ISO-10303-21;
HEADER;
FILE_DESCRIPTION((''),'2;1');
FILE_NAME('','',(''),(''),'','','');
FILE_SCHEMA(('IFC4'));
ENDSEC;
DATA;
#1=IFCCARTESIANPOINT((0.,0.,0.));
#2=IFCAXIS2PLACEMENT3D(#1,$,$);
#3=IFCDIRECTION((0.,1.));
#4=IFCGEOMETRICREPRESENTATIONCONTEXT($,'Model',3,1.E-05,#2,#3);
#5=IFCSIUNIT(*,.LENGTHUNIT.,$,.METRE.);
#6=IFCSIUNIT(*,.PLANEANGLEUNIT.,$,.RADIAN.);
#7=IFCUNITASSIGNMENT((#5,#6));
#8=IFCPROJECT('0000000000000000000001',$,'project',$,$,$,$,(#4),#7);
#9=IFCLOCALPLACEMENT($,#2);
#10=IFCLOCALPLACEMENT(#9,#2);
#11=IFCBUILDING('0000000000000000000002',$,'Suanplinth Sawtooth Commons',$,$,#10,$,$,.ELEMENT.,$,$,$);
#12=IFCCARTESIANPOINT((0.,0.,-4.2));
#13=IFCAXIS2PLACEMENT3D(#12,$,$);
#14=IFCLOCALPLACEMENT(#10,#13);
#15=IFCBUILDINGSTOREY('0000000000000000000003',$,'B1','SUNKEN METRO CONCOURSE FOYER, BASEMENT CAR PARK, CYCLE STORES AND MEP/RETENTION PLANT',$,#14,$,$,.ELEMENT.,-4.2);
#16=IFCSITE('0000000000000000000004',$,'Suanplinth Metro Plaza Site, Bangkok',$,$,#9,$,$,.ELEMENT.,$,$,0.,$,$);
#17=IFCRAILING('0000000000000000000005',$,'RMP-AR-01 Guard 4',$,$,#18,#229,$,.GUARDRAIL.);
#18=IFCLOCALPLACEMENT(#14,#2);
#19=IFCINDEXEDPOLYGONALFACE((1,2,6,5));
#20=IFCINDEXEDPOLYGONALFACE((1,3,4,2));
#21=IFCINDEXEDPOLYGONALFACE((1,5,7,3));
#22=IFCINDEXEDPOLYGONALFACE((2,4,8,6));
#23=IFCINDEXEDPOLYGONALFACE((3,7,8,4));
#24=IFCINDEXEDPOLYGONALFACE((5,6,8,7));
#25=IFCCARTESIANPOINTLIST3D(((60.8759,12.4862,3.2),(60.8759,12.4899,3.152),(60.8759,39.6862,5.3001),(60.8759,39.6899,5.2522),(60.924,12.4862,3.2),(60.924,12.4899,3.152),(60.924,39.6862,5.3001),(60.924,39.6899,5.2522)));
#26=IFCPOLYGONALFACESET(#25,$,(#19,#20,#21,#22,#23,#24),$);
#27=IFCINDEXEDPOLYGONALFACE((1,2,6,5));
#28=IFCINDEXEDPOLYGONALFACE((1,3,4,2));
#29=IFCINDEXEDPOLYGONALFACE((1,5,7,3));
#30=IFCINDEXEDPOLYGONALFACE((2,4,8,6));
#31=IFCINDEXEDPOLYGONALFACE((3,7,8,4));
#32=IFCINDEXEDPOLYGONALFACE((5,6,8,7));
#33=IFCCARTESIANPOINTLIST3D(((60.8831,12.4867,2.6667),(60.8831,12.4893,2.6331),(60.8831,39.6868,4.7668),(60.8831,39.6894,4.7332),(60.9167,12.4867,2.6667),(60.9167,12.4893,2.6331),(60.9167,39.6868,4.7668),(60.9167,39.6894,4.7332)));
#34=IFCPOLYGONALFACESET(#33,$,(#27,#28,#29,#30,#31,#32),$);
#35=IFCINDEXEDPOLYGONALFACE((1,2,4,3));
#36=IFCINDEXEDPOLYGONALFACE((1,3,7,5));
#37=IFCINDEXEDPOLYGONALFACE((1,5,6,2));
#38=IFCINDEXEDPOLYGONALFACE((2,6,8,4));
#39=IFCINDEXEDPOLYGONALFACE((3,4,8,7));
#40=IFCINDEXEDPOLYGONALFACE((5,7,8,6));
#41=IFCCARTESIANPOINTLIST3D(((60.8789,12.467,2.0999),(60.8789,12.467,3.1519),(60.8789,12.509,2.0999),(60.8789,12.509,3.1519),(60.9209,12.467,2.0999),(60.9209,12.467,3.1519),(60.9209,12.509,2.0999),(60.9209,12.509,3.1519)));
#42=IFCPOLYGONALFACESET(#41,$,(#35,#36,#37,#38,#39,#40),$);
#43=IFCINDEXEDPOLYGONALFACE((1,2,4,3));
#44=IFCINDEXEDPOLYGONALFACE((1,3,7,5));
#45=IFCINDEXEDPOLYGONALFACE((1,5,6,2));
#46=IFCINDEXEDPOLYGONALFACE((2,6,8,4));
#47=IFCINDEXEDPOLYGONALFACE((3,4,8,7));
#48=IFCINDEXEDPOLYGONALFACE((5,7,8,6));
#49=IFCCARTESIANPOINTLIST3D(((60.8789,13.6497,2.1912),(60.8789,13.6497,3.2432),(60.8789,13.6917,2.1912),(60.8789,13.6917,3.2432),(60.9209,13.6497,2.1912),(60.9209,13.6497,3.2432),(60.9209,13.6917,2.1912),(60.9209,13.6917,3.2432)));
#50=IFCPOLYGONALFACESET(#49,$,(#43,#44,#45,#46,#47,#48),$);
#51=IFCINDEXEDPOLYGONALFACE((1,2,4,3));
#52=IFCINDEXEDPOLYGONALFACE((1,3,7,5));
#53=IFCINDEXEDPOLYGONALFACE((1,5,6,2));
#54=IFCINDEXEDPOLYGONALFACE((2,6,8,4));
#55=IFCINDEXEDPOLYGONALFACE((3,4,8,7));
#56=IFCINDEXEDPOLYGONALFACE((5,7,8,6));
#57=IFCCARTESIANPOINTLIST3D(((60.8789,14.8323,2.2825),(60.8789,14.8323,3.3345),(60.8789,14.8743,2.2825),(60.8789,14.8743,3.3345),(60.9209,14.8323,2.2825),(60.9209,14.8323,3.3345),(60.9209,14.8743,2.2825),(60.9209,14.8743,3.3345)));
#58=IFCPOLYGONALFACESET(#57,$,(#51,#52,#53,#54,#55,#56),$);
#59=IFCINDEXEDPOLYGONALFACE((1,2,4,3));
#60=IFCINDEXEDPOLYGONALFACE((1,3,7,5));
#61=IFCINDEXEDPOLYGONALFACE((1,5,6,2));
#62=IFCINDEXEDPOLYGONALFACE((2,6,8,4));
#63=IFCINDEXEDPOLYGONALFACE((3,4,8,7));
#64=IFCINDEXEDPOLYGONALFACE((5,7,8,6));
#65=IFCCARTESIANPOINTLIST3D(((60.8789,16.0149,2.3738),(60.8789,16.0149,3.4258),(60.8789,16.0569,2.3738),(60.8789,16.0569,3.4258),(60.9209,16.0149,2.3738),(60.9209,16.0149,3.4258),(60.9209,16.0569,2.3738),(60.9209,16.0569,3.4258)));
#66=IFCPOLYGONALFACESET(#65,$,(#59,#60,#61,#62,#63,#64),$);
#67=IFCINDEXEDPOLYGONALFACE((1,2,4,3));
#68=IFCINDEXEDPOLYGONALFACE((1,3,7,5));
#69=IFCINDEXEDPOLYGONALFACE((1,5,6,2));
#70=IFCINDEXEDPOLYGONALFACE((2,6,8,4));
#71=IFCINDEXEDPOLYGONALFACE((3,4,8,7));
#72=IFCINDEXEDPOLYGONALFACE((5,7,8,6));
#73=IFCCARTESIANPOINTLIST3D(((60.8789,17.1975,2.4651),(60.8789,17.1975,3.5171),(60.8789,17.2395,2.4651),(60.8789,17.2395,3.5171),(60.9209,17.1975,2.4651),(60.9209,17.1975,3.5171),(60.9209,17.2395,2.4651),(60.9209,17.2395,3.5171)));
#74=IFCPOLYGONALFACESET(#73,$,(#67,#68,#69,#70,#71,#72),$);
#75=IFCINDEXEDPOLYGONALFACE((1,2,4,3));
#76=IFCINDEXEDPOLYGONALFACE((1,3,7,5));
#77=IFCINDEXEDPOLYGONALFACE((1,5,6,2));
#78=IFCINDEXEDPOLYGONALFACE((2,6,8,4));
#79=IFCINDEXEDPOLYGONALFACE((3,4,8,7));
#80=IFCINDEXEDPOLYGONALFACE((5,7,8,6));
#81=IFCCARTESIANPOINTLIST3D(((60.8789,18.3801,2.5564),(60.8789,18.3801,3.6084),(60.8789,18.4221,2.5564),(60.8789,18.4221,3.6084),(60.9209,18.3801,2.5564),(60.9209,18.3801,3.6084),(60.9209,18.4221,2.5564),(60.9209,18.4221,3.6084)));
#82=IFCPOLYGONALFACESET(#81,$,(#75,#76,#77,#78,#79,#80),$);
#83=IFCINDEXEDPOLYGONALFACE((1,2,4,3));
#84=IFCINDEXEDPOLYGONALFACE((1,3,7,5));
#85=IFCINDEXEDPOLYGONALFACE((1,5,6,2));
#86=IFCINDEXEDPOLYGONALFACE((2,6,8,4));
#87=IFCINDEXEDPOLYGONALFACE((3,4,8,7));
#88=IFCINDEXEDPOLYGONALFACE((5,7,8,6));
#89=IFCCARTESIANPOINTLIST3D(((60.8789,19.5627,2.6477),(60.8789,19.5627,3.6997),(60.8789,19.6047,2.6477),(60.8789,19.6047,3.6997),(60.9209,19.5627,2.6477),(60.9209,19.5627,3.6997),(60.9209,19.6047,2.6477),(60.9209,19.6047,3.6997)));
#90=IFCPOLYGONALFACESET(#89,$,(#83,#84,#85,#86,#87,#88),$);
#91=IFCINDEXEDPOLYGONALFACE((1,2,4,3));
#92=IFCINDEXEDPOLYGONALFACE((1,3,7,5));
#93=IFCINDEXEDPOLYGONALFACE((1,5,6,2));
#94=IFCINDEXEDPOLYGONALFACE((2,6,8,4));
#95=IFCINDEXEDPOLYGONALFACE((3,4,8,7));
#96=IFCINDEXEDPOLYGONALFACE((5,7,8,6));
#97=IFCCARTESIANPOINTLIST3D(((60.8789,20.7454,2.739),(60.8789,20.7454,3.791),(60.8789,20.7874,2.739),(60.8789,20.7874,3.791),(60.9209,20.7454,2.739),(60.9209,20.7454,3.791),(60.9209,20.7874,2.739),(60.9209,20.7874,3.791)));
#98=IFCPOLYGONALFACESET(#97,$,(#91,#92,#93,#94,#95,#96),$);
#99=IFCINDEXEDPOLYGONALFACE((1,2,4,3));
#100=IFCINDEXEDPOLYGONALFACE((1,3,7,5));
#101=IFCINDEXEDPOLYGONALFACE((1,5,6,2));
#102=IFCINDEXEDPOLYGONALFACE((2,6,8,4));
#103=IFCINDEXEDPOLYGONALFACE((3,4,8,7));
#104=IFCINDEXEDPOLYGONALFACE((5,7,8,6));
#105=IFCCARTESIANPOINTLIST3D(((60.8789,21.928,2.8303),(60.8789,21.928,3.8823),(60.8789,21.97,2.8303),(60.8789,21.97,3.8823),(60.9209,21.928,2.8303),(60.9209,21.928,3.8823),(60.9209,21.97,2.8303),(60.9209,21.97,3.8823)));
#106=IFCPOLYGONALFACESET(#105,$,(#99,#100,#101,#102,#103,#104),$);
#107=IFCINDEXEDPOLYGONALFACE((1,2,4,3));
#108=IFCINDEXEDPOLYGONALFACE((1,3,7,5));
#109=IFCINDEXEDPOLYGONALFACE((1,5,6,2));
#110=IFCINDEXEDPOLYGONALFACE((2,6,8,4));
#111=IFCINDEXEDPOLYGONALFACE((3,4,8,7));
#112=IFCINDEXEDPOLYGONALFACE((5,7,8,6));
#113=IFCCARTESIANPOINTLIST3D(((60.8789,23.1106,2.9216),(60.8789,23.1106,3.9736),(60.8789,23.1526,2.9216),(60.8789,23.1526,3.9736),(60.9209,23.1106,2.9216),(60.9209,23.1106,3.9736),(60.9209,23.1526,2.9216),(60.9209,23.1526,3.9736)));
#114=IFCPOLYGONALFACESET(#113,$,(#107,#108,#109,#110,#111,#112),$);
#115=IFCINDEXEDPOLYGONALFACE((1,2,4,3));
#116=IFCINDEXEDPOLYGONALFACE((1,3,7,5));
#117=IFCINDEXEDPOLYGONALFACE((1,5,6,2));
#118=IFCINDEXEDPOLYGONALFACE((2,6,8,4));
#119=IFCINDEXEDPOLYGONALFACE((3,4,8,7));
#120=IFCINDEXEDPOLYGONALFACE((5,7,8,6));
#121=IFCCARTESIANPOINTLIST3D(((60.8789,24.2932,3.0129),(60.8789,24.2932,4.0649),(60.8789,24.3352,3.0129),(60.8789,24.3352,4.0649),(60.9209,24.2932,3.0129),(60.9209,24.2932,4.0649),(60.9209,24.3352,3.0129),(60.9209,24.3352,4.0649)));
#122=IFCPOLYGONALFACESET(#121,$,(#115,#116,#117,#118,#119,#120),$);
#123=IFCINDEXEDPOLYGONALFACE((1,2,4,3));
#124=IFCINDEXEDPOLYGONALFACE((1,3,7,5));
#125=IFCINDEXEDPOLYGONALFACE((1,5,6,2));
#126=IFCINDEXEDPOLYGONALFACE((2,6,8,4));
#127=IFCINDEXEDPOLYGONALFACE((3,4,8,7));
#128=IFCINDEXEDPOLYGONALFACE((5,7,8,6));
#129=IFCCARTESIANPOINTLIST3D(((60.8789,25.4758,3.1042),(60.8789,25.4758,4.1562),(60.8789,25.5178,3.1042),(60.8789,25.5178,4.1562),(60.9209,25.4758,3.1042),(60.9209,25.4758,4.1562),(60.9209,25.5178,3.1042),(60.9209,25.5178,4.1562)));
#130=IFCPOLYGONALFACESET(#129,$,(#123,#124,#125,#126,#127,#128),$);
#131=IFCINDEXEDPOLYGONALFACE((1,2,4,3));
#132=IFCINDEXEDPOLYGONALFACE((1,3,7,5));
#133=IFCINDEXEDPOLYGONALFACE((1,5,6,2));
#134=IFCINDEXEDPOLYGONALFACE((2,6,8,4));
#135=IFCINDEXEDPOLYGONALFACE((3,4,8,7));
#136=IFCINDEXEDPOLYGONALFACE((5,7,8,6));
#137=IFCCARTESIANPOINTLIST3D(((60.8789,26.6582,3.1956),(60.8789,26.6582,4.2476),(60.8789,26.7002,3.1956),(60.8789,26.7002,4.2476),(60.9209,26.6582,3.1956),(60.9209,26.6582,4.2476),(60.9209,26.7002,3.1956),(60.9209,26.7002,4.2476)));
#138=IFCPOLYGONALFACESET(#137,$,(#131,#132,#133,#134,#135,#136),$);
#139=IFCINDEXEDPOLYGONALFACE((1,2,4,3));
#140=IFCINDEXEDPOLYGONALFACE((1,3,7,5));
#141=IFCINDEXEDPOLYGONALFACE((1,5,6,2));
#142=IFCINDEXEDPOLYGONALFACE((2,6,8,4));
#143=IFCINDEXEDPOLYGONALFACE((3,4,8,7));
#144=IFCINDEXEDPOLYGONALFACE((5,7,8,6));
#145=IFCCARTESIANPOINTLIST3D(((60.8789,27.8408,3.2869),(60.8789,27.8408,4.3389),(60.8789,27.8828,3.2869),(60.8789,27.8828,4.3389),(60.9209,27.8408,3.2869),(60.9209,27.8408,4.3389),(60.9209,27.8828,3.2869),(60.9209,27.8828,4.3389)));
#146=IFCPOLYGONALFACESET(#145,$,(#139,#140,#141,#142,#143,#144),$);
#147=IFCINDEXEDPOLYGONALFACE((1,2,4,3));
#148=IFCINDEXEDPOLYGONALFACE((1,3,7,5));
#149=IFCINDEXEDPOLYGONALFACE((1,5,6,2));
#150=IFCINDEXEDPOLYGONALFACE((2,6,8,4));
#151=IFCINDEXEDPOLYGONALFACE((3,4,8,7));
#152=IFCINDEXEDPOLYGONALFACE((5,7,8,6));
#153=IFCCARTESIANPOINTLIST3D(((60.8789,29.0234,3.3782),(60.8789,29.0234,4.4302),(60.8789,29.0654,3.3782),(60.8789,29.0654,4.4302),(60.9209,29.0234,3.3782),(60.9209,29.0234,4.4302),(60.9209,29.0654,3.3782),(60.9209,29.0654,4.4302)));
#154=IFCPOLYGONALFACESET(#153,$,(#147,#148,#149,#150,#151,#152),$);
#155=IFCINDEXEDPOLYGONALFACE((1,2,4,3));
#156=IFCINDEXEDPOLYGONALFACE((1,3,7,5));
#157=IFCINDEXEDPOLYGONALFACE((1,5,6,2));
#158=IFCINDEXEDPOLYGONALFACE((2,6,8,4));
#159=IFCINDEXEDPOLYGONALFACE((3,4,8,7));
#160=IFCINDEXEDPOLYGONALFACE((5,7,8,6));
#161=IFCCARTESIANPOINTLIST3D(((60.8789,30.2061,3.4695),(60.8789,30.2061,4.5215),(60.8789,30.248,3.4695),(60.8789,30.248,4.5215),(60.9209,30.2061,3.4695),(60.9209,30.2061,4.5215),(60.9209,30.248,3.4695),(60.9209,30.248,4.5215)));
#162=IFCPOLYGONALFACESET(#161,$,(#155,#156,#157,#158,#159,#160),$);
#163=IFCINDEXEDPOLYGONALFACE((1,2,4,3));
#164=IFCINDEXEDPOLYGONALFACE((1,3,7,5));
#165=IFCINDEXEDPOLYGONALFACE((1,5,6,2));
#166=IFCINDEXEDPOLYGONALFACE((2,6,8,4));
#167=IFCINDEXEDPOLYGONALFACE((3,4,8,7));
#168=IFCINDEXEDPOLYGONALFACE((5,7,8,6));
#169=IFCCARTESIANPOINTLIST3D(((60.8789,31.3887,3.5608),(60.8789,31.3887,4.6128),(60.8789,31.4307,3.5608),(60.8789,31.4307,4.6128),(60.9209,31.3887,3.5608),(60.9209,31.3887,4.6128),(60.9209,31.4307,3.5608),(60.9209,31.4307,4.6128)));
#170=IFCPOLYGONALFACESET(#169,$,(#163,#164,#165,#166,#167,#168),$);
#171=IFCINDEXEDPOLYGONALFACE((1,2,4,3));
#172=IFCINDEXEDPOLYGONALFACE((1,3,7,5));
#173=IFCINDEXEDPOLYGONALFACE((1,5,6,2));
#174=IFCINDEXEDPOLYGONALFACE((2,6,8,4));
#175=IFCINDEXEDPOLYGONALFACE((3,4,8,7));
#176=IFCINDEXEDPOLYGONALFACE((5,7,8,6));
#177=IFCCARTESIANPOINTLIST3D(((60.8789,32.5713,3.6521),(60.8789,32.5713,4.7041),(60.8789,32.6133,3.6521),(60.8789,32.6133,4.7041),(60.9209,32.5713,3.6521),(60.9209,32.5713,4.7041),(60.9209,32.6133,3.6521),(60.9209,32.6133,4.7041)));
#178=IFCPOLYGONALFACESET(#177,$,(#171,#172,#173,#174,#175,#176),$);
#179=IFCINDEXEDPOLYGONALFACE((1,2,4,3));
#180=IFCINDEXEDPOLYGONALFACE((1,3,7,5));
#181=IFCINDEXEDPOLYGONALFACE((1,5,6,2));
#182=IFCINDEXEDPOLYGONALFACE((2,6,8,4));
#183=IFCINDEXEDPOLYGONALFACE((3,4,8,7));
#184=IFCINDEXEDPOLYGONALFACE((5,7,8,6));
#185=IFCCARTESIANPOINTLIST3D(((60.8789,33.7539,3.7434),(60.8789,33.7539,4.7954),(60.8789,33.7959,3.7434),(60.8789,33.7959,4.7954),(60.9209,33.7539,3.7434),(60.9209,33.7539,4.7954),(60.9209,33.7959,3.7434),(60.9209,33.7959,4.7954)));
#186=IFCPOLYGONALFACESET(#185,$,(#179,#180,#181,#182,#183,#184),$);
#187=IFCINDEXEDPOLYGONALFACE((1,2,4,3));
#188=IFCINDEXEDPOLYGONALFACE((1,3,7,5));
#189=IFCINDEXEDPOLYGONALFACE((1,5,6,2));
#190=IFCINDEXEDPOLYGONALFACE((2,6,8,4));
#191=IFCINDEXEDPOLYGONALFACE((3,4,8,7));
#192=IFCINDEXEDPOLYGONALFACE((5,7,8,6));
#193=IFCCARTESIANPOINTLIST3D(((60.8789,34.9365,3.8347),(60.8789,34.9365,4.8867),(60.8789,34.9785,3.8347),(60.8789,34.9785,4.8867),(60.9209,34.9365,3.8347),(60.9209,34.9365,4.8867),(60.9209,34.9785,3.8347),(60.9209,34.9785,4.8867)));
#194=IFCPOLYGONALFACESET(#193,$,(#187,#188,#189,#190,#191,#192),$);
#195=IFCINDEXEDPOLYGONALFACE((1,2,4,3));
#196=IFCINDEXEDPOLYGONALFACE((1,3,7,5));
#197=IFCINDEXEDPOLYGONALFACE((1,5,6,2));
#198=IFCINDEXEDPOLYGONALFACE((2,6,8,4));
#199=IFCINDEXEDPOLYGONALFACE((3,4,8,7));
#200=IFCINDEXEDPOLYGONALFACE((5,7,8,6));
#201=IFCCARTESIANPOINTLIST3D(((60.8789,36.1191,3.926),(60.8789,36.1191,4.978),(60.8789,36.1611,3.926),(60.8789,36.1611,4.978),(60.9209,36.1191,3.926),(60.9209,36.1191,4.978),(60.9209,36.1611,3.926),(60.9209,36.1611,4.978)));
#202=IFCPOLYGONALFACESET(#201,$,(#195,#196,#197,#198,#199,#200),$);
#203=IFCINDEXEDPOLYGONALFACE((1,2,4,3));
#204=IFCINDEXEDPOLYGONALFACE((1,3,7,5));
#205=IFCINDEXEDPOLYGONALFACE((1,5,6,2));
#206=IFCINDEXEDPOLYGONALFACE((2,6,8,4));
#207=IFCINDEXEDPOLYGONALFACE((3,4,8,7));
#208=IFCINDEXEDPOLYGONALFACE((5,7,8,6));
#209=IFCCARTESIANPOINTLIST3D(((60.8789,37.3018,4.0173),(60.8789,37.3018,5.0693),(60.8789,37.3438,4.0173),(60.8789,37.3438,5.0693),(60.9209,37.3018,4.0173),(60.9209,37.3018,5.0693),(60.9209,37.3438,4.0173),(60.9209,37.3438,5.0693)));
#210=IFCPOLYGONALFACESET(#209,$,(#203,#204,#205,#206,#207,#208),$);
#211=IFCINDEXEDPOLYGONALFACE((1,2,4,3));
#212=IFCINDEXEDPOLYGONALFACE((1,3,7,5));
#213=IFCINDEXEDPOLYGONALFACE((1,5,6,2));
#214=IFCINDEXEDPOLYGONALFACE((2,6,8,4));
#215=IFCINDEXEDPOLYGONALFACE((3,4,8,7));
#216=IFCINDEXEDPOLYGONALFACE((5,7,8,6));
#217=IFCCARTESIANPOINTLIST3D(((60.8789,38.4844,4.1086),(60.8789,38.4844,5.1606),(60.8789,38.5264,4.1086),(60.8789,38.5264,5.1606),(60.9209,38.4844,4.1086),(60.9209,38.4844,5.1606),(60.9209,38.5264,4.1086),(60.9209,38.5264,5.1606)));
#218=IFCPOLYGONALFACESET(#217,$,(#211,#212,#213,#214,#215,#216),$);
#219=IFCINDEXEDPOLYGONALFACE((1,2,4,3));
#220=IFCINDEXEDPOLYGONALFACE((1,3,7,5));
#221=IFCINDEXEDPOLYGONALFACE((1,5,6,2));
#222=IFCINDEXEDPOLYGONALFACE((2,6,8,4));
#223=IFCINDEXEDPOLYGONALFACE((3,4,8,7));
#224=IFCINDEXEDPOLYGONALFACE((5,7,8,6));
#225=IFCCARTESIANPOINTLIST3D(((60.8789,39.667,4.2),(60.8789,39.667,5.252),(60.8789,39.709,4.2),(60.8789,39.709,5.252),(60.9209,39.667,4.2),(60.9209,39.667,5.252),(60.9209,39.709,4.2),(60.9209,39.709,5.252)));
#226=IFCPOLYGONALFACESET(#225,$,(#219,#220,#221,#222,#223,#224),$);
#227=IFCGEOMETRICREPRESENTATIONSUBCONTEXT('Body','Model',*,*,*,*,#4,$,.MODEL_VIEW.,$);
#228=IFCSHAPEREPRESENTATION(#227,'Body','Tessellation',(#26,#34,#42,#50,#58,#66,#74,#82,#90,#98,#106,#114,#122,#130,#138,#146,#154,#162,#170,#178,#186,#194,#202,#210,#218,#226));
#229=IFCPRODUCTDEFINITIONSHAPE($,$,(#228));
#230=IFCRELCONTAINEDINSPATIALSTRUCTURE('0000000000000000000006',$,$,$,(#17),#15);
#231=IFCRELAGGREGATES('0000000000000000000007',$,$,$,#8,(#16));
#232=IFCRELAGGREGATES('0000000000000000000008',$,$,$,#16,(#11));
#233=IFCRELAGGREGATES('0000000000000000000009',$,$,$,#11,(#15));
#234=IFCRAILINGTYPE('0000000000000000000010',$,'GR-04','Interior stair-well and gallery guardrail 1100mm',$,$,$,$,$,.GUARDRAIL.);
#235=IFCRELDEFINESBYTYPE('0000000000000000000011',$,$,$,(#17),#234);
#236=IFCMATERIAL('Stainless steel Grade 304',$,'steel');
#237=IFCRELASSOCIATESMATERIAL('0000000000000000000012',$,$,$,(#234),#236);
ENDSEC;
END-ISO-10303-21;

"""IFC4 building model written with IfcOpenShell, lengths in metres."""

from ifc_helpers import new_model, si_unit, direction, frame, origin, origin_2d, place, context, subcontext, project, spatial, rectangle, extrude, material, type_object, element, save


model = new_model("IFC4")

# Units and contexts
model_context = context("Model", 3, precision=1e-05, world=origin(), true_north=direction((0.0, 1.0)))
body_context = subcontext(model_context, "Body", "Model", "MODEL_VIEW")
ifc_project = project(units=[si_unit("LENGTHUNIT", "METRE"), si_unit("PLANEANGLEUNIT", "RADIAN")], contexts=[model_context])

# Site, building, storey
site_placement = place(None, origin())
site = spatial("IfcSite", under=ifc_project, at=site_placement, Name="Suanplinth Metro Plaza Site, Bangkok", CompositionType="ELEMENT", RefElevation=0.0)
building_placement = place(site_placement, origin())
building = spatial("IfcBuilding", under=site, at=building_placement, Name="Suanplinth Sawtooth Commons", CompositionType="ELEMENT")
storey_placement = place(building_placement, frame((0.0, 0.0, -4.2)))
storey = spatial("IfcBuildingStorey", under=building, at=storey_placement, Name="B1", Description="SUNKEN METRO CONCOURSE FOYER, BASEMENT CAR PARK, CYCLE STORES AND MEP/RETENTION PLANT", CompositionType="ELEMENT", Elevation=-4.2)

# Railing
ifc_material_1 = material(Name="Stainless steel Grade 304", Category="steel")
railing_type_1 = type_object("IfcRailingType", Name="GR-04", Description="Interior stair-well and gallery guardrail 1100mm", PredefinedType="GUARDRAIL", material=ifc_material_1)
railing_1_placement = place(storey_placement, frame((60.8999, 12.488, 2.0999)))
element("IfcRailing", 1, at=railing_1_placement, inside=storey, type_object=railing_type_1, Name="RMP-AR-01 Guard 4", PredefinedType="GUARDRAIL", context=body_context, shape_type="SweptSolid", body=[
    extrude(rectangle(XDim=0.0481, YDim=0.0481, at=origin_2d()), frame((0.0, 0.0, 1.0762), z_axis=(0.0, 0.997033, 0.07698), x_axis=(-1.0, 0.0, 0.0)), (0.0, 0.0, 1.0), 27.281),
    extrude(rectangle(XDim=0.0337, YDim=0.0337, at=origin_2d()), frame((0.0, 0.0, 0.55), z_axis=(0.0, 0.997033, 0.07698), x_axis=(-1.0, 0.0, 0.0)), (0.0, 0.0, 1.0), 27.281),
    extrude(rectangle(XDim=0.042, YDim=0.042, at=origin_2d()), origin(), (0.0, 0.0, 1.0), 1.052),
    extrude(rectangle(XDim=0.042, YDim=0.042, at=origin_2d()), frame((0.0, 1.1826, 0.0913)), (0.0, 0.0, 1.0), 1.052),
    extrude(rectangle(XDim=0.042, YDim=0.042, at=origin_2d()), frame((0.0, 2.3652, 0.1826)), (0.0, 0.0, 1.0), 1.052),
    extrude(rectangle(XDim=0.042, YDim=0.042, at=origin_2d()), frame((0.0, 3.5479, 0.2739)), (0.0, 0.0, 1.0), 1.052),
    extrude(rectangle(XDim=0.042, YDim=0.042, at=origin_2d()), frame((0.0, 4.7305, 0.3652)), (0.0, 0.0, 1.0), 1.052),
    extrude(rectangle(XDim=0.042, YDim=0.042, at=origin_2d()), frame((0.0, 5.9131, 0.4565)), (0.0, 0.0, 1.0), 1.052),
    extrude(rectangle(XDim=0.042, YDim=0.042, at=origin_2d()), frame((0.0, 7.0957, 0.5479)), (0.0, 0.0, 1.0), 1.052),
    extrude(rectangle(XDim=0.042, YDim=0.042, at=origin_2d()), frame((0.0, 8.2783, 0.6392)), (0.0, 0.0, 1.0), 1.052),
    extrude(rectangle(XDim=0.042, YDim=0.042, at=origin_2d()), frame((0.0, 9.4609, 0.7305)), (0.0, 0.0, 1.0), 1.052),
    extrude(rectangle(XDim=0.042, YDim=0.042, at=origin_2d()), frame((0.0, 10.6436, 0.8218)), (0.0, 0.0, 1.0), 1.052),
    extrude(rectangle(XDim=0.042, YDim=0.042, at=origin_2d()), frame((0.0, 11.8262, 0.9131)), (0.0, 0.0, 1.0), 1.052),
    extrude(rectangle(XDim=0.042, YDim=0.042, at=origin_2d()), frame((0.0, 13.0088, 1.0044)), (0.0, 0.0, 1.0), 1.052),
    extrude(rectangle(XDim=0.042, YDim=0.042, at=origin_2d()), frame((0.0, 14.1912, 1.0957)), (0.0, 0.0, 1.0), 1.052),
    extrude(rectangle(XDim=0.042, YDim=0.042, at=origin_2d()), frame((0.0, 15.3738, 1.187)), (0.0, 0.0, 1.0), 1.052),
    extrude(rectangle(XDim=0.042, YDim=0.042, at=origin_2d()), frame((0.0, 16.5564, 1.2783)), (0.0, 0.0, 1.0), 1.052),
    extrude(rectangle(XDim=0.042, YDim=0.042, at=origin_2d()), frame((0.0, 17.739, 1.3696)), (0.0, 0.0, 1.0), 1.052),
    extrude(rectangle(XDim=0.042, YDim=0.042, at=origin_2d()), frame((0.0, 18.9216, 1.4609)), (0.0, 0.0, 1.0), 1.052),
    extrude(rectangle(XDim=0.042, YDim=0.042, at=origin_2d()), frame((0.0, 20.1042, 1.5522)), (0.0, 0.0, 1.0), 1.052),
    extrude(rectangle(XDim=0.042, YDim=0.042, at=origin_2d()), frame((0.0, 21.2869, 1.6436)), (0.0, 0.0, 1.0), 1.052),
    extrude(rectangle(XDim=0.042, YDim=0.042, at=origin_2d()), frame((0.0, 22.4695, 1.7349)), (0.0, 0.0, 1.0), 1.052),
    extrude(rectangle(XDim=0.042, YDim=0.042, at=origin_2d()), frame((0.0, 23.6521, 1.8262)), (0.0, 0.0, 1.0), 1.052),
    extrude(rectangle(XDim=0.042, YDim=0.042, at=origin_2d()), frame((0.0, 24.8347, 1.9175)), (0.0, 0.0, 1.0), 1.052),
    extrude(rectangle(XDim=0.042, YDim=0.042, at=origin_2d()), frame((0.0, 26.0173, 2.0088)), (0.0, 0.0, 1.0), 1.052),
    extrude(rectangle(XDim=0.042, YDim=0.042, at=origin_2d()), frame((0.0, 27.2, 2.1001)), (0.0, 0.0, 1.0), 1.052),
])

save(model, "model.ifc")
